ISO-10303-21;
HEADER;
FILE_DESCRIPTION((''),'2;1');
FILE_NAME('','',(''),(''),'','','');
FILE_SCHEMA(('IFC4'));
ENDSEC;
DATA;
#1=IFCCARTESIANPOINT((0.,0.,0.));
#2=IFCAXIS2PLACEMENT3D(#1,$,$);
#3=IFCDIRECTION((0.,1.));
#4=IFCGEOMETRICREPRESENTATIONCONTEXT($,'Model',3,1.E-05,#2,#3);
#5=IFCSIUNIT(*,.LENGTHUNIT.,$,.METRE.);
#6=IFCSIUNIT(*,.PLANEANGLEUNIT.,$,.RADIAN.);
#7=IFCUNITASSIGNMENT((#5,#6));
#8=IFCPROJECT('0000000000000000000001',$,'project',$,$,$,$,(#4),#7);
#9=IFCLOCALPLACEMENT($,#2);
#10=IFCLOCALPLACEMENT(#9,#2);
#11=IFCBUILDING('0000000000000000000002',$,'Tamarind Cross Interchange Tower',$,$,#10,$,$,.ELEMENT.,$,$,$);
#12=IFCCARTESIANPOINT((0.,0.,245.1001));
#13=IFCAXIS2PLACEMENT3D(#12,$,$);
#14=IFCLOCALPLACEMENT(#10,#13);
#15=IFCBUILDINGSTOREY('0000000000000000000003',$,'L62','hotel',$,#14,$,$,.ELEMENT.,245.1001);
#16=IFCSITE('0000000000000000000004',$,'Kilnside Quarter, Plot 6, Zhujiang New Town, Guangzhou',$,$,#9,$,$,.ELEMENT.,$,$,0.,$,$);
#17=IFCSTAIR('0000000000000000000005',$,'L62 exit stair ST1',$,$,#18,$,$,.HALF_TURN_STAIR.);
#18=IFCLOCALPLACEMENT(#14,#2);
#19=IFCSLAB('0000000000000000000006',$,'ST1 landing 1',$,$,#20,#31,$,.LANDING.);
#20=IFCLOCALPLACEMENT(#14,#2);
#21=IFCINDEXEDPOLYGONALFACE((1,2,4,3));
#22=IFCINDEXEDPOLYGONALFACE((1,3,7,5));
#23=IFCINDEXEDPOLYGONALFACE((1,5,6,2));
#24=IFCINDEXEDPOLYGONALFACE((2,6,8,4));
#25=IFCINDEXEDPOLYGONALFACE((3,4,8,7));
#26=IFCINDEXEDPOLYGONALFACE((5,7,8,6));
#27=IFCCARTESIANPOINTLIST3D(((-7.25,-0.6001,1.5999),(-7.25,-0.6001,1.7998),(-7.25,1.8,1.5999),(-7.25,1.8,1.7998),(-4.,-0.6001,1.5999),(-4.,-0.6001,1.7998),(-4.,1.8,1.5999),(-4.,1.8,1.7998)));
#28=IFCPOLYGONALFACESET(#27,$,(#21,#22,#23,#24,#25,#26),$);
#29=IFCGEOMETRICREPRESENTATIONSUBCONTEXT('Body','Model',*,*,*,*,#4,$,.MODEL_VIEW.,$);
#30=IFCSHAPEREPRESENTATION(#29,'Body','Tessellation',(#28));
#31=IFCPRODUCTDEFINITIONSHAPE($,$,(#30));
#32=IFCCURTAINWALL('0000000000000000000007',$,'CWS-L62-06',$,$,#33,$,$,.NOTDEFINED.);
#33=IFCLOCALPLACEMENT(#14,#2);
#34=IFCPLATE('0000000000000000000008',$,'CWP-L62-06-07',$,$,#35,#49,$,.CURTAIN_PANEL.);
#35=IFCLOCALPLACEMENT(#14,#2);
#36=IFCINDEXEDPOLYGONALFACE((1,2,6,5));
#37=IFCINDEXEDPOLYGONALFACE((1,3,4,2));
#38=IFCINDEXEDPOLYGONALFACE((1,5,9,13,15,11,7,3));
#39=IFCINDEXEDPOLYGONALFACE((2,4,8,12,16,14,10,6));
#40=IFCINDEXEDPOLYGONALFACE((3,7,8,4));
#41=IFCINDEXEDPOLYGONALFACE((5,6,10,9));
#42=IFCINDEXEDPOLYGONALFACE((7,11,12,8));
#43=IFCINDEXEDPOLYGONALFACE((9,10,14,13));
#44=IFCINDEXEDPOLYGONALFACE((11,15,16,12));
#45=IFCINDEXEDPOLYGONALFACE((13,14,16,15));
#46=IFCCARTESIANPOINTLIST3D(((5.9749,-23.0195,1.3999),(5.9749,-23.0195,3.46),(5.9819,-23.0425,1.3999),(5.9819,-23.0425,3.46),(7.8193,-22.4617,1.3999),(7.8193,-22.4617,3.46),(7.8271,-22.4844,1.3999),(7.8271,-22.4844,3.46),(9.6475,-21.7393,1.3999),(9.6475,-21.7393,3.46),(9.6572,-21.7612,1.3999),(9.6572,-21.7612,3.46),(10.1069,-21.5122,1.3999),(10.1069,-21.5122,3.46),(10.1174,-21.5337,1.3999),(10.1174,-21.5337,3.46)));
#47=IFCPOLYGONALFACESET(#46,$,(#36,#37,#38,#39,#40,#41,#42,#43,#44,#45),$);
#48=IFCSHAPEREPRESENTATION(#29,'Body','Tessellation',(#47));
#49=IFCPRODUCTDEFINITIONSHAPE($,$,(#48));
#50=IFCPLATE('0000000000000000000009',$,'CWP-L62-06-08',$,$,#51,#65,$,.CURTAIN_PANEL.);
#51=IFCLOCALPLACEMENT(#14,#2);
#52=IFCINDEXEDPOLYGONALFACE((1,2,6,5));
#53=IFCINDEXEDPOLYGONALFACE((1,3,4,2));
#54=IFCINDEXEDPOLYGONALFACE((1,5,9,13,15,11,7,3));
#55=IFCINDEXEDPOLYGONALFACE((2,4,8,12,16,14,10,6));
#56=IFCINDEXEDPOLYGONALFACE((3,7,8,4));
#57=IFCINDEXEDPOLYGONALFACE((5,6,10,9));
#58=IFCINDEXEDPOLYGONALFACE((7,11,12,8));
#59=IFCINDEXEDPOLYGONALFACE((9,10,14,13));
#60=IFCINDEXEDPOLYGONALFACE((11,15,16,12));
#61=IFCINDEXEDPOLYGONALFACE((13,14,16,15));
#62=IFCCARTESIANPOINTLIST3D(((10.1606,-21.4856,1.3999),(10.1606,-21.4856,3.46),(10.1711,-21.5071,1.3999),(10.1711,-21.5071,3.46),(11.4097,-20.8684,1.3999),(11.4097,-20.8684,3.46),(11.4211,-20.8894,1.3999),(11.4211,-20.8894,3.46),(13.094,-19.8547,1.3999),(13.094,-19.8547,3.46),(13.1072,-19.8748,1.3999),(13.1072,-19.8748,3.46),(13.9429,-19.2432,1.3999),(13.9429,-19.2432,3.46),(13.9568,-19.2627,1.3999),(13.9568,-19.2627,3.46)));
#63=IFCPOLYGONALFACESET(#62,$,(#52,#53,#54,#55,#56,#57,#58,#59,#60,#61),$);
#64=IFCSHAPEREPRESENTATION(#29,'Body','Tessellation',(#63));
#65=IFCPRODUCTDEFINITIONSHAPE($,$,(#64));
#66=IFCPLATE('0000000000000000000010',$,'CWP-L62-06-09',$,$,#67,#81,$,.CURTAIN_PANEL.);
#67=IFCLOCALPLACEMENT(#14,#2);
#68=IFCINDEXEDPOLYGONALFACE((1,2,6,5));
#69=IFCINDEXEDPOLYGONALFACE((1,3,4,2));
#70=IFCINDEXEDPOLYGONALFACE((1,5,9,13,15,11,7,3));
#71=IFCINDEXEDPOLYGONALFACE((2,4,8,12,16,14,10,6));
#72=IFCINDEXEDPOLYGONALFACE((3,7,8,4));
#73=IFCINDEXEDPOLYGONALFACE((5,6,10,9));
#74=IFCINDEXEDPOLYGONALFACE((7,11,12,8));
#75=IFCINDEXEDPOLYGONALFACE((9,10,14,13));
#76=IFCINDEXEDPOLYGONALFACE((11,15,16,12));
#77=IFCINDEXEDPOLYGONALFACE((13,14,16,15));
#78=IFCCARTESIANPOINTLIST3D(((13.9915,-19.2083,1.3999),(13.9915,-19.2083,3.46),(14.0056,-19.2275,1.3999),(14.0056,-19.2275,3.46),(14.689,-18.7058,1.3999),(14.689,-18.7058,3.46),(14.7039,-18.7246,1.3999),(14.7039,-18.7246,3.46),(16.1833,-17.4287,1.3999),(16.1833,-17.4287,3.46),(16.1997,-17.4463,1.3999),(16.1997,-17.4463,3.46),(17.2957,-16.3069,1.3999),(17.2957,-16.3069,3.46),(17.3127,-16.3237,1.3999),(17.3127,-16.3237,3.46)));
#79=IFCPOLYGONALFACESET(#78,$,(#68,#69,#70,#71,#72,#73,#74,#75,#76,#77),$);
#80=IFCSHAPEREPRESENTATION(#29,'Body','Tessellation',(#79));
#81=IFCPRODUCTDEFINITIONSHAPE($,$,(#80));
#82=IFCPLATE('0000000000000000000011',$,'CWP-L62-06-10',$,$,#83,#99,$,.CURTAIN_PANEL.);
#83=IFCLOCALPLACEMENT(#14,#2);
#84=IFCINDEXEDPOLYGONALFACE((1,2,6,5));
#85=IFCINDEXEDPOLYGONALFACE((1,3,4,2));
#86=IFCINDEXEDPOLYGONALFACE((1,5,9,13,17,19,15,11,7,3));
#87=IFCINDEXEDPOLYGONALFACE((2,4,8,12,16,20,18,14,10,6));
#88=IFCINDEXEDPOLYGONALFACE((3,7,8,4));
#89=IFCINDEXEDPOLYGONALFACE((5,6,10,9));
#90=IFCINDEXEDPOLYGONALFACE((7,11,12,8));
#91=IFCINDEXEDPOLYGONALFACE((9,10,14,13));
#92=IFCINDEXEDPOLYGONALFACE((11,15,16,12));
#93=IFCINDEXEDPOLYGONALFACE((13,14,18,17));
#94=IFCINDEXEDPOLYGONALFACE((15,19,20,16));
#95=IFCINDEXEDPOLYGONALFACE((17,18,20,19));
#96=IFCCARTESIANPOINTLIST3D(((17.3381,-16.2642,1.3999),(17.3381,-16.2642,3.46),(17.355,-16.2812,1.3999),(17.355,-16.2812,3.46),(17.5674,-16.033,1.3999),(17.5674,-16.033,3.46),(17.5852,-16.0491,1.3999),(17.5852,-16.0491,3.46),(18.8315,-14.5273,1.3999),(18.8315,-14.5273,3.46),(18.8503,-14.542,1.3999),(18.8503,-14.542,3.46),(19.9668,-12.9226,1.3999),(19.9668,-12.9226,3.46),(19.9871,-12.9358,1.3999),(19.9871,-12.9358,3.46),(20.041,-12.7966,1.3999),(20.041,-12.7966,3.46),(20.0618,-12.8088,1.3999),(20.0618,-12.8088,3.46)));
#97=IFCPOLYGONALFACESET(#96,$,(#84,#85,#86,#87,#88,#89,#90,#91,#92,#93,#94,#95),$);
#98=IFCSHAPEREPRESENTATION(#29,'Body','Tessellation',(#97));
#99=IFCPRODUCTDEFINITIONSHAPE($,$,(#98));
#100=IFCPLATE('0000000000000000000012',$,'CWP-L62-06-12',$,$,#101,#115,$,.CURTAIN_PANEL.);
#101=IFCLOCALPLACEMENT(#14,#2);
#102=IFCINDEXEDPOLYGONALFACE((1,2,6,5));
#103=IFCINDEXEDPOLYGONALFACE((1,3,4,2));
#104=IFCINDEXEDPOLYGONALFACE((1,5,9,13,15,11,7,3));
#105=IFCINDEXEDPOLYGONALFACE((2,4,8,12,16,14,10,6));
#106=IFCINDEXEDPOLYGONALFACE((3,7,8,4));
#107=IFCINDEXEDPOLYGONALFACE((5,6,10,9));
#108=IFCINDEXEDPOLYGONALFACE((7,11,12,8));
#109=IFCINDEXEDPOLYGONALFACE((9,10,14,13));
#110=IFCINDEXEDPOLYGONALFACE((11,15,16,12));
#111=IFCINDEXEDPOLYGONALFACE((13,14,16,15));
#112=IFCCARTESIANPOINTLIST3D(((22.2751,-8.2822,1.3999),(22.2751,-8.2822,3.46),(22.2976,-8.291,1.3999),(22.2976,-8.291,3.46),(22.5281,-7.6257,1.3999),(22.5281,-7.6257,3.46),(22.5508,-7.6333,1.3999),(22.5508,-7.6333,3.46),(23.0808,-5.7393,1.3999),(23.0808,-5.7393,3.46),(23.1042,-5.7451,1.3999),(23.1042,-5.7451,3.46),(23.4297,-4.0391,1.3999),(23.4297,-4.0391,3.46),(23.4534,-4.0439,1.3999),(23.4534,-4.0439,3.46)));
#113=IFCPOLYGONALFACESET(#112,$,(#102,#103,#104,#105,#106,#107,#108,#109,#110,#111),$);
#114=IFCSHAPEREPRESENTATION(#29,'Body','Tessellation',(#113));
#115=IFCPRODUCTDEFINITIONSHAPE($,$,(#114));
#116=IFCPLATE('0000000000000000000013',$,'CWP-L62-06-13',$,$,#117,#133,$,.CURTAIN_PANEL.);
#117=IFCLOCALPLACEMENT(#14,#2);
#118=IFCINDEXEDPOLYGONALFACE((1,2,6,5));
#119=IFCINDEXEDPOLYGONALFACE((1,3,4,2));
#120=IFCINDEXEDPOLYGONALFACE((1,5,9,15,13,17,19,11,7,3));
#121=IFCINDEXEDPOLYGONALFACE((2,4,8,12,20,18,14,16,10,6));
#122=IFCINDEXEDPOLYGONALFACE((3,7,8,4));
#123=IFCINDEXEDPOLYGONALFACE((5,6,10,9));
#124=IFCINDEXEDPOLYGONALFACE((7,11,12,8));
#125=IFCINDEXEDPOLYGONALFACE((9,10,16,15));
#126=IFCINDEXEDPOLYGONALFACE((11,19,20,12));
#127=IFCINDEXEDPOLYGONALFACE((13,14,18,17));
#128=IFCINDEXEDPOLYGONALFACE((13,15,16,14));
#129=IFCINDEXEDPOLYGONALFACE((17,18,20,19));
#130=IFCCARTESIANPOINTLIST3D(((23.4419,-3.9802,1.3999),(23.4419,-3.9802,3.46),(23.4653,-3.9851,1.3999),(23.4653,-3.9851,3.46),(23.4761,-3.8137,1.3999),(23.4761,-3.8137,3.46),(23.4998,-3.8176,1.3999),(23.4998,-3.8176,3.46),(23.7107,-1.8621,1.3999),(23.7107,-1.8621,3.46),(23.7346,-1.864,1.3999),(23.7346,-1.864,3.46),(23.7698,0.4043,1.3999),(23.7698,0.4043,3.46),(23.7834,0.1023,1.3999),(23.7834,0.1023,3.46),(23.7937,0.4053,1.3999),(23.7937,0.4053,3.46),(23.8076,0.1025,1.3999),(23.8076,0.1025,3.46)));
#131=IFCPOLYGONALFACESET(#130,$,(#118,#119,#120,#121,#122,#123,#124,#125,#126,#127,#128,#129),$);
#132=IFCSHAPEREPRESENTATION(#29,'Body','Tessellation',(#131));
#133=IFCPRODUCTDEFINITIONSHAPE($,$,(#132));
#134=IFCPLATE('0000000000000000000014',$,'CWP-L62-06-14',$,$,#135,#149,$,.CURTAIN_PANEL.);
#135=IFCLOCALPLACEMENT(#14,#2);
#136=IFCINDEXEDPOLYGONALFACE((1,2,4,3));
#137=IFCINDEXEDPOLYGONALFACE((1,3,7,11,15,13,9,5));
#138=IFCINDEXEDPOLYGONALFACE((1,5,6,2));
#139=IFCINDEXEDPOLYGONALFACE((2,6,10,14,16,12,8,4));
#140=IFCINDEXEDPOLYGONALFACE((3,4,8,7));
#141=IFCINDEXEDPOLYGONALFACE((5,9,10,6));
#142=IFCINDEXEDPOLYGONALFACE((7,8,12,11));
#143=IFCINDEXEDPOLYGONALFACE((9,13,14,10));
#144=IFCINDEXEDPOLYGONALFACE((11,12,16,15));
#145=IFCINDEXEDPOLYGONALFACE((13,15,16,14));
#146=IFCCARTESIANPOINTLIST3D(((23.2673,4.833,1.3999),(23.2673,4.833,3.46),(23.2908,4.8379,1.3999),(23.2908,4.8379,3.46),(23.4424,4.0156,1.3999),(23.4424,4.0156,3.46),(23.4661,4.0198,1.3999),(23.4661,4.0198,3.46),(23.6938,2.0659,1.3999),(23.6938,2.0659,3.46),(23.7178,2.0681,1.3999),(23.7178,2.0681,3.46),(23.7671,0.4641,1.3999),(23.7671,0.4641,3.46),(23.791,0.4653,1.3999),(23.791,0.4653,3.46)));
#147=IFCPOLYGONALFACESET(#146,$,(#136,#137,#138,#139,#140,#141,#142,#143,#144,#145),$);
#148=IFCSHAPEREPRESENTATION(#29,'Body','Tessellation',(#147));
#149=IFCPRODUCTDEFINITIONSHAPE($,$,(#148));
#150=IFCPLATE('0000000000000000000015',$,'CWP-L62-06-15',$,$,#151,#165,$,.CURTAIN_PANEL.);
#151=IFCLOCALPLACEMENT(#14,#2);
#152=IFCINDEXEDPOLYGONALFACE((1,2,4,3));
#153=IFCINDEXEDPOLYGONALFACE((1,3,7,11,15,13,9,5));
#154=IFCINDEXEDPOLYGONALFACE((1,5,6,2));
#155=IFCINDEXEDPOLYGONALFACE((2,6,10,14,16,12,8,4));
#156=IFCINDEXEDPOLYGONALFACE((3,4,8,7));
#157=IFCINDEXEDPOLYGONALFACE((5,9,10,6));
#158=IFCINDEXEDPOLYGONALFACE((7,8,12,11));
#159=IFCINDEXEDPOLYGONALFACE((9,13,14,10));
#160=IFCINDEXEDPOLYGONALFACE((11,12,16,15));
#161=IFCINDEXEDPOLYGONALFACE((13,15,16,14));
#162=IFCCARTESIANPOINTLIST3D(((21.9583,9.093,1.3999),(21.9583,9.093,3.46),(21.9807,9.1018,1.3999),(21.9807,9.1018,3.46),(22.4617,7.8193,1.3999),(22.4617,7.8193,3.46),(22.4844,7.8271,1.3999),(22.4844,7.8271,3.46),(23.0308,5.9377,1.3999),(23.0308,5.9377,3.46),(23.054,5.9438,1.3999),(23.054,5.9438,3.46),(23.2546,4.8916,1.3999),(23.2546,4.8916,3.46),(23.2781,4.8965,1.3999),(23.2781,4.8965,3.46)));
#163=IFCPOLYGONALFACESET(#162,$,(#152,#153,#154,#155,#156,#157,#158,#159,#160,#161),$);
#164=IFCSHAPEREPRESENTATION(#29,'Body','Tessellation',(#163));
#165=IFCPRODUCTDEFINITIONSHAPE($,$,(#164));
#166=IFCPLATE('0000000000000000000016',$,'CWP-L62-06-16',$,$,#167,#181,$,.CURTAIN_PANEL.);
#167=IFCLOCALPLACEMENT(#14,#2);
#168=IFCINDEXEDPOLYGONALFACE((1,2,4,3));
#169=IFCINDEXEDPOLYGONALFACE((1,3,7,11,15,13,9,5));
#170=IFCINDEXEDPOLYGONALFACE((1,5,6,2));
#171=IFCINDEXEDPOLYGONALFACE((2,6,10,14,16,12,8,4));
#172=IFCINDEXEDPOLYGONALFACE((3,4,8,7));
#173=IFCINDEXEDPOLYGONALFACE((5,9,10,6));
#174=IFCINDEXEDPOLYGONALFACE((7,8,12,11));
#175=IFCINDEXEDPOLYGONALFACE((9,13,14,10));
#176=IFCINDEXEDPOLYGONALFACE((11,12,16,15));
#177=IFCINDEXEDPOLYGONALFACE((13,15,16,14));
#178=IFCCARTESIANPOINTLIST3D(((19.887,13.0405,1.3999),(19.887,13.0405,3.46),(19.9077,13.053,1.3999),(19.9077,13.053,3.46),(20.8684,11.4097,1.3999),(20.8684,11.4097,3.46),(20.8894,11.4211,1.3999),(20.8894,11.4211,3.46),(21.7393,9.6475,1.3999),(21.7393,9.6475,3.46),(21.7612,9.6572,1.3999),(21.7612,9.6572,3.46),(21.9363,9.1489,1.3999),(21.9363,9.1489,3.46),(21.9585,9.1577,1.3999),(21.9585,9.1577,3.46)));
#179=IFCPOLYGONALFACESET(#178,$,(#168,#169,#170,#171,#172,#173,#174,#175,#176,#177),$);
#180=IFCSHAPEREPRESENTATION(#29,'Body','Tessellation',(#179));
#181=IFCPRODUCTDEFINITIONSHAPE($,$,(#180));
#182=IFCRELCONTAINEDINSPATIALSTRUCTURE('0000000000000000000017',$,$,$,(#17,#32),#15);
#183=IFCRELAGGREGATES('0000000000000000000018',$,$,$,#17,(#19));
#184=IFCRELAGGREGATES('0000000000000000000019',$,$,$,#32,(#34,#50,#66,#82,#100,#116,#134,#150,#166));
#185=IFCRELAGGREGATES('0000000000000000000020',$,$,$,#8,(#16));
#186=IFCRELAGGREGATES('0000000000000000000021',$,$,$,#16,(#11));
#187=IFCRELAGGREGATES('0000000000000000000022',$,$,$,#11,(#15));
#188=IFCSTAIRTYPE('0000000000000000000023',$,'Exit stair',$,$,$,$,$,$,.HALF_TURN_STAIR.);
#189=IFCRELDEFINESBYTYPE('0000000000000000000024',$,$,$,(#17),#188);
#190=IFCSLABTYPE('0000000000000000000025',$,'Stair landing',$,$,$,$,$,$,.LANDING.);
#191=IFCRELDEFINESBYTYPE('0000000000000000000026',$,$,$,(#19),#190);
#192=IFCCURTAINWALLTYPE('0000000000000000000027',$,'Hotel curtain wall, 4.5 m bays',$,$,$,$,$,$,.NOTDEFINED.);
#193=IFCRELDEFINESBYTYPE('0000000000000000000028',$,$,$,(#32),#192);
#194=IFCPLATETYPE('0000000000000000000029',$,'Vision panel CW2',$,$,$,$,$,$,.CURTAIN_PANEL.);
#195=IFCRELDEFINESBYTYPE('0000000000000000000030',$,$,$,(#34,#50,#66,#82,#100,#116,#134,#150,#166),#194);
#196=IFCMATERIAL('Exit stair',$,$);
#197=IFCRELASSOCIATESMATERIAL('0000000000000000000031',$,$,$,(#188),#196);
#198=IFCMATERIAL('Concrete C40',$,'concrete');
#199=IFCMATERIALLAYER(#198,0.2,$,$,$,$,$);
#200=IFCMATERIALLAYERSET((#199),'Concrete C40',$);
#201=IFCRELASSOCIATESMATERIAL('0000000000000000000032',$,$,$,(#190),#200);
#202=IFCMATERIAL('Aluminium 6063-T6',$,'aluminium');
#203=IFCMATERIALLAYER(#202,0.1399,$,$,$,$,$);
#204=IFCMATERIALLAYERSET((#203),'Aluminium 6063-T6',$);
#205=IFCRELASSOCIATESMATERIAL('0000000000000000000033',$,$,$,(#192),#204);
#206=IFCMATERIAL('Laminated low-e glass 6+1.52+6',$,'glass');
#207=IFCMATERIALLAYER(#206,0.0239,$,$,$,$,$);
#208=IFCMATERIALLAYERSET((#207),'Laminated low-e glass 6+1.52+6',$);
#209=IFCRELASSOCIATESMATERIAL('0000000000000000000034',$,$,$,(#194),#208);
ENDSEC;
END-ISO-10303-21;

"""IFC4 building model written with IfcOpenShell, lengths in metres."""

from ifc_helpers import new_model, si_unit, direction, frame, origin, place, context, subcontext, project, spatial, polyline, outline, extrude, material, layer, layer_set, type_object, element, aggregate, save


model = new_model("IFC4")

# Units and contexts
model_context = context("Model", 3, precision=1e-05, world=origin(), true_north=direction((0.0, 1.0)))
body_context = subcontext(model_context, "Body", "Model", "MODEL_VIEW")
ifc_project = project(units=[si_unit("LENGTHUNIT", "METRE"), si_unit("PLANEANGLEUNIT", "RADIAN")], contexts=[model_context])

# Site, building, storey
site_placement = place(None, origin())
site = spatial("IfcSite", under=ifc_project, at=site_placement, Name="Kilnside Quarter, Plot 6, Zhujiang New Town, Guangzhou", CompositionType="ELEMENT", RefElevation=0.0)
building_placement = place(site_placement, origin())
building = spatial("IfcBuilding", under=site, at=building_placement, Name="Tamarind Cross Interchange Tower", CompositionType="ELEMENT")
storey_placement = place(building_placement, frame((0.0, 0.0, 245.1001)))
storey = spatial("IfcBuildingStorey", under=building, at=storey_placement, Name="L62", Description="hotel", CompositionType="ELEMENT", Elevation=245.1001)

# Stair, slab
ifc_material_1 = material(Name="Exit stair")
stair_type = type_object("IfcStairType", Name="Exit stair", PredefinedType="HALF_TURN_STAIR", material=ifc_material_1)
stair_placement = place(storey_placement, origin())
stair = element("IfcStair", 1, at=stair_placement, inside=storey, type_object=stair_type, Name="L62 exit stair ST1", PredefinedType="HALF_TURN_STAIR")
ifc_material_2 = material(Name="Concrete C40", Category="concrete")
ifc_layer_1 = layer(ifc_material_2, 0.2)
ifc_layer_set_1 = layer_set([ifc_layer_1], Name="Concrete C40")
slab_type = type_object("IfcSlabType", Name="Stair landing", PredefinedType="LANDING", material=ifc_layer_set_1)
slab_placement = place(storey_placement, frame((0.0, 0.0, 1.5999)))
slab = element("IfcSlab", 2, at=slab_placement, type_object=slab_type, Name="ST1 landing 1", PredefinedType="LANDING", context=body_context, shape_type="SweptSolid", body=[
    extrude(outline(polyline([(-4.0, -0.6001), (-4.0, 1.8), (-7.25, 1.8), (-7.25, -0.6001), (-4.0, -0.6001)])), origin(), (0.0, 0.0, 1.0), 0.2),
])
aggregate(stair, [slab])

# Curtain wall, plates
ifc_material_3 = material(Name="Aluminium 6063-T6", Category="aluminium")
ifc_layer_2 = layer(ifc_material_3, 0.1399)
ifc_layer_set_2 = layer_set([ifc_layer_2], Name="Aluminium 6063-T6")
curtain_wall_type = type_object("IfcCurtainWallType", Name="Hotel curtain wall, 4.5 m bays", PredefinedType="NOTDEFINED", material=ifc_layer_set_2)
curtain_wall_1_placement = place(storey_placement, origin())
curtain_wall_1 = element("IfcCurtainWall", 3, at=curtain_wall_1_placement, inside=storey, type_object=curtain_wall_type, Name="CWS-L62-06", PredefinedType="NOTDEFINED")
ifc_material_4 = material(Name="Laminated low-e glass 6+1.52+6", Category="glass")
ifc_layer_3 = layer(ifc_material_4, 0.0239)
ifc_layer_set_3 = layer_set([ifc_layer_3], Name="Laminated low-e glass 6+1.52+6")
plate_type = type_object("IfcPlateType", Name="Vision panel CW2", PredefinedType="CURTAIN_PANEL", material=ifc_layer_set_3)
plate_1_placement = place(storey_placement, frame((0.0, 0.0, 1.3999)))
plate_1 = element("IfcPlate", 4, at=plate_1_placement, type_object=plate_type, Name="CWP-L62-06-07", PredefinedType="CURTAIN_PANEL", context=body_context, shape_type="SweptSolid", body=[
    extrude(outline(polyline([(5.9749, -23.0195), (7.8193, -22.4617), (9.6475, -21.7393), (10.1069, -21.5122), (10.1174, -21.5337), (9.6572, -21.7612), (7.8271, -22.4844), (5.9819, -23.0425), (5.9749, -23.0195)])), origin(), (0.0, 0.0, 1.0), 2.0601),
])
plate_2_placement = place(storey_placement, frame((0.0, 0.0, 1.3999)))
plate_2 = element("IfcPlate", 5, at=plate_2_placement, type_object=plate_type, Name="CWP-L62-06-08", PredefinedType="CURTAIN_PANEL", context=body_context, shape_type="SweptSolid", body=[
    extrude(outline(polyline([(10.1606, -21.4856), (11.4097, -20.8684), (13.094, -19.8547), (13.9429, -19.2432), (13.9568, -19.2627), (13.1072, -19.8748), (11.4211, -20.8894), (10.1711, -21.5071), (10.1606, -21.4856)])), origin(), (0.0, 0.0, 1.0), 2.0601),
])
plate_3_placement = place(storey_placement, frame((0.0, 0.0, 1.3999)))
plate_3 = element("IfcPlate", 6, at=plate_3_placement, type_object=plate_type, Name="CWP-L62-06-09", PredefinedType="CURTAIN_PANEL", context=body_context, shape_type="SweptSolid", body=[
    extrude(outline(polyline([(13.9915, -19.2083), (14.689, -18.7058), (16.1833, -17.4287), (17.2957, -16.3069), (17.3127, -16.3237), (16.1997, -17.4463), (14.7039, -18.7246), (14.0056, -19.2275), (13.9915, -19.2083)])), origin(), (0.0, 0.0, 1.0), 2.0601),
])
plate_4_placement = place(storey_placement, frame((0.0, 0.0, 1.3999)))
plate_4 = element("IfcPlate", 7, at=plate_4_placement, type_object=plate_type, Name="CWP-L62-06-10", PredefinedType="CURTAIN_PANEL", context=body_context, shape_type="SweptSolid", body=[
    extrude(outline(polyline([(17.3381, -16.2642), (17.5674, -16.033), (18.8315, -14.5273), (19.9668, -12.9226), (20.041, -12.7966), (20.0618, -12.8088), (19.9871, -12.9358), (18.8503, -14.542), (17.5852, -16.0491), (17.355, -16.2812), (17.3381, -16.2642)])), origin(), (0.0, 0.0, 1.0), 2.0601),
])
plate_5_placement = place(storey_placement, frame((0.0, 0.0, 1.3999)))
plate_5 = element("IfcPlate", 8, at=plate_5_placement, type_object=plate_type, Name="CWP-L62-06-12", PredefinedType="CURTAIN_PANEL", context=body_context, shape_type="SweptSolid", body=[
    extrude(outline(polyline([(22.2751, -8.2822), (22.5281, -7.6257), (23.0808, -5.7393), (23.4297, -4.0391), (23.4534, -4.0439), (23.1042, -5.7451), (22.5508, -7.6333), (22.2976, -8.291), (22.2751, -8.2822)])), origin(), (0.0, 0.0, 1.0), 2.0601),
])
plate_6_placement = place(storey_placement, frame((0.0, 0.0, 1.3999)))
plate_6 = element("IfcPlate", 9, at=plate_6_placement, type_object=plate_type, Name="CWP-L62-06-13", PredefinedType="CURTAIN_PANEL", context=body_context, shape_type="SweptSolid", body=[
    extrude(outline(polyline([(23.4419, -3.9802), (23.4761, -3.8137), (23.7107, -1.8621), (23.7834, 0.1023), (23.7698, 0.4043), (23.7937, 0.4053), (23.8076, 0.1025), (23.7346, -1.864), (23.4998, -3.8176), (23.4653, -3.9851), (23.4419, -3.9802)])), origin(), (0.0, 0.0, 1.0), 2.0601),
])
plate_7_placement = place(storey_placement, frame((0.0, 0.0, 1.3999)))
plate_7 = element("IfcPlate", 10, at=plate_7_placement, type_object=plate_type, Name="CWP-L62-06-14", PredefinedType="CURTAIN_PANEL", context=body_context, shape_type="SweptSolid", body=[
    extrude(outline(polyline([(23.7671, 0.4641), (23.6938, 2.0659), (23.4424, 4.0156), (23.2673, 4.833), (23.2908, 4.8379), (23.4661, 4.0198), (23.7178, 2.0681), (23.791, 0.4653), (23.7671, 0.4641)])), origin(), (0.0, 0.0, 1.0), 2.0601),
])
plate_8_placement = place(storey_placement, frame((0.0, 0.0, 1.3999)))
plate_8 = element("IfcPlate", 11, at=plate_8_placement, type_object=plate_type, Name="CWP-L62-06-15", PredefinedType="CURTAIN_PANEL", context=body_context, shape_type="SweptSolid", body=[
    extrude(outline(polyline([(23.2546, 4.8916), (23.0308, 5.9377), (22.4617, 7.8193), (21.9583, 9.093), (21.9807, 9.1018), (22.4844, 7.8271), (23.054, 5.9438), (23.2781, 4.8965), (23.2546, 4.8916)])), origin(), (0.0, 0.0, 1.0), 2.0601),
])
plate_9_placement = place(storey_placement, frame((0.0, 0.0, 1.3999)))
plate_9 = element("IfcPlate", 12, at=plate_9_placement, type_object=plate_type, Name="CWP-L62-06-16", PredefinedType="CURTAIN_PANEL", context=body_context, shape_type="SweptSolid", body=[
    extrude(outline(polyline([(21.9363, 9.1489), (21.7393, 9.6475), (20.8684, 11.4097), (19.887, 13.0405), (19.9077, 13.053), (20.8894, 11.4211), (21.7612, 9.6572), (21.9585, 9.1577), (21.9363, 9.1489)])), origin(), (0.0, 0.0, 1.0), 2.0601),
])
aggregate(curtain_wall_1, [plate_1, plate_2, plate_3, plate_4, plate_5, plate_6, plate_7, plate_8, plate_9])

save(model, "model.ifc")
